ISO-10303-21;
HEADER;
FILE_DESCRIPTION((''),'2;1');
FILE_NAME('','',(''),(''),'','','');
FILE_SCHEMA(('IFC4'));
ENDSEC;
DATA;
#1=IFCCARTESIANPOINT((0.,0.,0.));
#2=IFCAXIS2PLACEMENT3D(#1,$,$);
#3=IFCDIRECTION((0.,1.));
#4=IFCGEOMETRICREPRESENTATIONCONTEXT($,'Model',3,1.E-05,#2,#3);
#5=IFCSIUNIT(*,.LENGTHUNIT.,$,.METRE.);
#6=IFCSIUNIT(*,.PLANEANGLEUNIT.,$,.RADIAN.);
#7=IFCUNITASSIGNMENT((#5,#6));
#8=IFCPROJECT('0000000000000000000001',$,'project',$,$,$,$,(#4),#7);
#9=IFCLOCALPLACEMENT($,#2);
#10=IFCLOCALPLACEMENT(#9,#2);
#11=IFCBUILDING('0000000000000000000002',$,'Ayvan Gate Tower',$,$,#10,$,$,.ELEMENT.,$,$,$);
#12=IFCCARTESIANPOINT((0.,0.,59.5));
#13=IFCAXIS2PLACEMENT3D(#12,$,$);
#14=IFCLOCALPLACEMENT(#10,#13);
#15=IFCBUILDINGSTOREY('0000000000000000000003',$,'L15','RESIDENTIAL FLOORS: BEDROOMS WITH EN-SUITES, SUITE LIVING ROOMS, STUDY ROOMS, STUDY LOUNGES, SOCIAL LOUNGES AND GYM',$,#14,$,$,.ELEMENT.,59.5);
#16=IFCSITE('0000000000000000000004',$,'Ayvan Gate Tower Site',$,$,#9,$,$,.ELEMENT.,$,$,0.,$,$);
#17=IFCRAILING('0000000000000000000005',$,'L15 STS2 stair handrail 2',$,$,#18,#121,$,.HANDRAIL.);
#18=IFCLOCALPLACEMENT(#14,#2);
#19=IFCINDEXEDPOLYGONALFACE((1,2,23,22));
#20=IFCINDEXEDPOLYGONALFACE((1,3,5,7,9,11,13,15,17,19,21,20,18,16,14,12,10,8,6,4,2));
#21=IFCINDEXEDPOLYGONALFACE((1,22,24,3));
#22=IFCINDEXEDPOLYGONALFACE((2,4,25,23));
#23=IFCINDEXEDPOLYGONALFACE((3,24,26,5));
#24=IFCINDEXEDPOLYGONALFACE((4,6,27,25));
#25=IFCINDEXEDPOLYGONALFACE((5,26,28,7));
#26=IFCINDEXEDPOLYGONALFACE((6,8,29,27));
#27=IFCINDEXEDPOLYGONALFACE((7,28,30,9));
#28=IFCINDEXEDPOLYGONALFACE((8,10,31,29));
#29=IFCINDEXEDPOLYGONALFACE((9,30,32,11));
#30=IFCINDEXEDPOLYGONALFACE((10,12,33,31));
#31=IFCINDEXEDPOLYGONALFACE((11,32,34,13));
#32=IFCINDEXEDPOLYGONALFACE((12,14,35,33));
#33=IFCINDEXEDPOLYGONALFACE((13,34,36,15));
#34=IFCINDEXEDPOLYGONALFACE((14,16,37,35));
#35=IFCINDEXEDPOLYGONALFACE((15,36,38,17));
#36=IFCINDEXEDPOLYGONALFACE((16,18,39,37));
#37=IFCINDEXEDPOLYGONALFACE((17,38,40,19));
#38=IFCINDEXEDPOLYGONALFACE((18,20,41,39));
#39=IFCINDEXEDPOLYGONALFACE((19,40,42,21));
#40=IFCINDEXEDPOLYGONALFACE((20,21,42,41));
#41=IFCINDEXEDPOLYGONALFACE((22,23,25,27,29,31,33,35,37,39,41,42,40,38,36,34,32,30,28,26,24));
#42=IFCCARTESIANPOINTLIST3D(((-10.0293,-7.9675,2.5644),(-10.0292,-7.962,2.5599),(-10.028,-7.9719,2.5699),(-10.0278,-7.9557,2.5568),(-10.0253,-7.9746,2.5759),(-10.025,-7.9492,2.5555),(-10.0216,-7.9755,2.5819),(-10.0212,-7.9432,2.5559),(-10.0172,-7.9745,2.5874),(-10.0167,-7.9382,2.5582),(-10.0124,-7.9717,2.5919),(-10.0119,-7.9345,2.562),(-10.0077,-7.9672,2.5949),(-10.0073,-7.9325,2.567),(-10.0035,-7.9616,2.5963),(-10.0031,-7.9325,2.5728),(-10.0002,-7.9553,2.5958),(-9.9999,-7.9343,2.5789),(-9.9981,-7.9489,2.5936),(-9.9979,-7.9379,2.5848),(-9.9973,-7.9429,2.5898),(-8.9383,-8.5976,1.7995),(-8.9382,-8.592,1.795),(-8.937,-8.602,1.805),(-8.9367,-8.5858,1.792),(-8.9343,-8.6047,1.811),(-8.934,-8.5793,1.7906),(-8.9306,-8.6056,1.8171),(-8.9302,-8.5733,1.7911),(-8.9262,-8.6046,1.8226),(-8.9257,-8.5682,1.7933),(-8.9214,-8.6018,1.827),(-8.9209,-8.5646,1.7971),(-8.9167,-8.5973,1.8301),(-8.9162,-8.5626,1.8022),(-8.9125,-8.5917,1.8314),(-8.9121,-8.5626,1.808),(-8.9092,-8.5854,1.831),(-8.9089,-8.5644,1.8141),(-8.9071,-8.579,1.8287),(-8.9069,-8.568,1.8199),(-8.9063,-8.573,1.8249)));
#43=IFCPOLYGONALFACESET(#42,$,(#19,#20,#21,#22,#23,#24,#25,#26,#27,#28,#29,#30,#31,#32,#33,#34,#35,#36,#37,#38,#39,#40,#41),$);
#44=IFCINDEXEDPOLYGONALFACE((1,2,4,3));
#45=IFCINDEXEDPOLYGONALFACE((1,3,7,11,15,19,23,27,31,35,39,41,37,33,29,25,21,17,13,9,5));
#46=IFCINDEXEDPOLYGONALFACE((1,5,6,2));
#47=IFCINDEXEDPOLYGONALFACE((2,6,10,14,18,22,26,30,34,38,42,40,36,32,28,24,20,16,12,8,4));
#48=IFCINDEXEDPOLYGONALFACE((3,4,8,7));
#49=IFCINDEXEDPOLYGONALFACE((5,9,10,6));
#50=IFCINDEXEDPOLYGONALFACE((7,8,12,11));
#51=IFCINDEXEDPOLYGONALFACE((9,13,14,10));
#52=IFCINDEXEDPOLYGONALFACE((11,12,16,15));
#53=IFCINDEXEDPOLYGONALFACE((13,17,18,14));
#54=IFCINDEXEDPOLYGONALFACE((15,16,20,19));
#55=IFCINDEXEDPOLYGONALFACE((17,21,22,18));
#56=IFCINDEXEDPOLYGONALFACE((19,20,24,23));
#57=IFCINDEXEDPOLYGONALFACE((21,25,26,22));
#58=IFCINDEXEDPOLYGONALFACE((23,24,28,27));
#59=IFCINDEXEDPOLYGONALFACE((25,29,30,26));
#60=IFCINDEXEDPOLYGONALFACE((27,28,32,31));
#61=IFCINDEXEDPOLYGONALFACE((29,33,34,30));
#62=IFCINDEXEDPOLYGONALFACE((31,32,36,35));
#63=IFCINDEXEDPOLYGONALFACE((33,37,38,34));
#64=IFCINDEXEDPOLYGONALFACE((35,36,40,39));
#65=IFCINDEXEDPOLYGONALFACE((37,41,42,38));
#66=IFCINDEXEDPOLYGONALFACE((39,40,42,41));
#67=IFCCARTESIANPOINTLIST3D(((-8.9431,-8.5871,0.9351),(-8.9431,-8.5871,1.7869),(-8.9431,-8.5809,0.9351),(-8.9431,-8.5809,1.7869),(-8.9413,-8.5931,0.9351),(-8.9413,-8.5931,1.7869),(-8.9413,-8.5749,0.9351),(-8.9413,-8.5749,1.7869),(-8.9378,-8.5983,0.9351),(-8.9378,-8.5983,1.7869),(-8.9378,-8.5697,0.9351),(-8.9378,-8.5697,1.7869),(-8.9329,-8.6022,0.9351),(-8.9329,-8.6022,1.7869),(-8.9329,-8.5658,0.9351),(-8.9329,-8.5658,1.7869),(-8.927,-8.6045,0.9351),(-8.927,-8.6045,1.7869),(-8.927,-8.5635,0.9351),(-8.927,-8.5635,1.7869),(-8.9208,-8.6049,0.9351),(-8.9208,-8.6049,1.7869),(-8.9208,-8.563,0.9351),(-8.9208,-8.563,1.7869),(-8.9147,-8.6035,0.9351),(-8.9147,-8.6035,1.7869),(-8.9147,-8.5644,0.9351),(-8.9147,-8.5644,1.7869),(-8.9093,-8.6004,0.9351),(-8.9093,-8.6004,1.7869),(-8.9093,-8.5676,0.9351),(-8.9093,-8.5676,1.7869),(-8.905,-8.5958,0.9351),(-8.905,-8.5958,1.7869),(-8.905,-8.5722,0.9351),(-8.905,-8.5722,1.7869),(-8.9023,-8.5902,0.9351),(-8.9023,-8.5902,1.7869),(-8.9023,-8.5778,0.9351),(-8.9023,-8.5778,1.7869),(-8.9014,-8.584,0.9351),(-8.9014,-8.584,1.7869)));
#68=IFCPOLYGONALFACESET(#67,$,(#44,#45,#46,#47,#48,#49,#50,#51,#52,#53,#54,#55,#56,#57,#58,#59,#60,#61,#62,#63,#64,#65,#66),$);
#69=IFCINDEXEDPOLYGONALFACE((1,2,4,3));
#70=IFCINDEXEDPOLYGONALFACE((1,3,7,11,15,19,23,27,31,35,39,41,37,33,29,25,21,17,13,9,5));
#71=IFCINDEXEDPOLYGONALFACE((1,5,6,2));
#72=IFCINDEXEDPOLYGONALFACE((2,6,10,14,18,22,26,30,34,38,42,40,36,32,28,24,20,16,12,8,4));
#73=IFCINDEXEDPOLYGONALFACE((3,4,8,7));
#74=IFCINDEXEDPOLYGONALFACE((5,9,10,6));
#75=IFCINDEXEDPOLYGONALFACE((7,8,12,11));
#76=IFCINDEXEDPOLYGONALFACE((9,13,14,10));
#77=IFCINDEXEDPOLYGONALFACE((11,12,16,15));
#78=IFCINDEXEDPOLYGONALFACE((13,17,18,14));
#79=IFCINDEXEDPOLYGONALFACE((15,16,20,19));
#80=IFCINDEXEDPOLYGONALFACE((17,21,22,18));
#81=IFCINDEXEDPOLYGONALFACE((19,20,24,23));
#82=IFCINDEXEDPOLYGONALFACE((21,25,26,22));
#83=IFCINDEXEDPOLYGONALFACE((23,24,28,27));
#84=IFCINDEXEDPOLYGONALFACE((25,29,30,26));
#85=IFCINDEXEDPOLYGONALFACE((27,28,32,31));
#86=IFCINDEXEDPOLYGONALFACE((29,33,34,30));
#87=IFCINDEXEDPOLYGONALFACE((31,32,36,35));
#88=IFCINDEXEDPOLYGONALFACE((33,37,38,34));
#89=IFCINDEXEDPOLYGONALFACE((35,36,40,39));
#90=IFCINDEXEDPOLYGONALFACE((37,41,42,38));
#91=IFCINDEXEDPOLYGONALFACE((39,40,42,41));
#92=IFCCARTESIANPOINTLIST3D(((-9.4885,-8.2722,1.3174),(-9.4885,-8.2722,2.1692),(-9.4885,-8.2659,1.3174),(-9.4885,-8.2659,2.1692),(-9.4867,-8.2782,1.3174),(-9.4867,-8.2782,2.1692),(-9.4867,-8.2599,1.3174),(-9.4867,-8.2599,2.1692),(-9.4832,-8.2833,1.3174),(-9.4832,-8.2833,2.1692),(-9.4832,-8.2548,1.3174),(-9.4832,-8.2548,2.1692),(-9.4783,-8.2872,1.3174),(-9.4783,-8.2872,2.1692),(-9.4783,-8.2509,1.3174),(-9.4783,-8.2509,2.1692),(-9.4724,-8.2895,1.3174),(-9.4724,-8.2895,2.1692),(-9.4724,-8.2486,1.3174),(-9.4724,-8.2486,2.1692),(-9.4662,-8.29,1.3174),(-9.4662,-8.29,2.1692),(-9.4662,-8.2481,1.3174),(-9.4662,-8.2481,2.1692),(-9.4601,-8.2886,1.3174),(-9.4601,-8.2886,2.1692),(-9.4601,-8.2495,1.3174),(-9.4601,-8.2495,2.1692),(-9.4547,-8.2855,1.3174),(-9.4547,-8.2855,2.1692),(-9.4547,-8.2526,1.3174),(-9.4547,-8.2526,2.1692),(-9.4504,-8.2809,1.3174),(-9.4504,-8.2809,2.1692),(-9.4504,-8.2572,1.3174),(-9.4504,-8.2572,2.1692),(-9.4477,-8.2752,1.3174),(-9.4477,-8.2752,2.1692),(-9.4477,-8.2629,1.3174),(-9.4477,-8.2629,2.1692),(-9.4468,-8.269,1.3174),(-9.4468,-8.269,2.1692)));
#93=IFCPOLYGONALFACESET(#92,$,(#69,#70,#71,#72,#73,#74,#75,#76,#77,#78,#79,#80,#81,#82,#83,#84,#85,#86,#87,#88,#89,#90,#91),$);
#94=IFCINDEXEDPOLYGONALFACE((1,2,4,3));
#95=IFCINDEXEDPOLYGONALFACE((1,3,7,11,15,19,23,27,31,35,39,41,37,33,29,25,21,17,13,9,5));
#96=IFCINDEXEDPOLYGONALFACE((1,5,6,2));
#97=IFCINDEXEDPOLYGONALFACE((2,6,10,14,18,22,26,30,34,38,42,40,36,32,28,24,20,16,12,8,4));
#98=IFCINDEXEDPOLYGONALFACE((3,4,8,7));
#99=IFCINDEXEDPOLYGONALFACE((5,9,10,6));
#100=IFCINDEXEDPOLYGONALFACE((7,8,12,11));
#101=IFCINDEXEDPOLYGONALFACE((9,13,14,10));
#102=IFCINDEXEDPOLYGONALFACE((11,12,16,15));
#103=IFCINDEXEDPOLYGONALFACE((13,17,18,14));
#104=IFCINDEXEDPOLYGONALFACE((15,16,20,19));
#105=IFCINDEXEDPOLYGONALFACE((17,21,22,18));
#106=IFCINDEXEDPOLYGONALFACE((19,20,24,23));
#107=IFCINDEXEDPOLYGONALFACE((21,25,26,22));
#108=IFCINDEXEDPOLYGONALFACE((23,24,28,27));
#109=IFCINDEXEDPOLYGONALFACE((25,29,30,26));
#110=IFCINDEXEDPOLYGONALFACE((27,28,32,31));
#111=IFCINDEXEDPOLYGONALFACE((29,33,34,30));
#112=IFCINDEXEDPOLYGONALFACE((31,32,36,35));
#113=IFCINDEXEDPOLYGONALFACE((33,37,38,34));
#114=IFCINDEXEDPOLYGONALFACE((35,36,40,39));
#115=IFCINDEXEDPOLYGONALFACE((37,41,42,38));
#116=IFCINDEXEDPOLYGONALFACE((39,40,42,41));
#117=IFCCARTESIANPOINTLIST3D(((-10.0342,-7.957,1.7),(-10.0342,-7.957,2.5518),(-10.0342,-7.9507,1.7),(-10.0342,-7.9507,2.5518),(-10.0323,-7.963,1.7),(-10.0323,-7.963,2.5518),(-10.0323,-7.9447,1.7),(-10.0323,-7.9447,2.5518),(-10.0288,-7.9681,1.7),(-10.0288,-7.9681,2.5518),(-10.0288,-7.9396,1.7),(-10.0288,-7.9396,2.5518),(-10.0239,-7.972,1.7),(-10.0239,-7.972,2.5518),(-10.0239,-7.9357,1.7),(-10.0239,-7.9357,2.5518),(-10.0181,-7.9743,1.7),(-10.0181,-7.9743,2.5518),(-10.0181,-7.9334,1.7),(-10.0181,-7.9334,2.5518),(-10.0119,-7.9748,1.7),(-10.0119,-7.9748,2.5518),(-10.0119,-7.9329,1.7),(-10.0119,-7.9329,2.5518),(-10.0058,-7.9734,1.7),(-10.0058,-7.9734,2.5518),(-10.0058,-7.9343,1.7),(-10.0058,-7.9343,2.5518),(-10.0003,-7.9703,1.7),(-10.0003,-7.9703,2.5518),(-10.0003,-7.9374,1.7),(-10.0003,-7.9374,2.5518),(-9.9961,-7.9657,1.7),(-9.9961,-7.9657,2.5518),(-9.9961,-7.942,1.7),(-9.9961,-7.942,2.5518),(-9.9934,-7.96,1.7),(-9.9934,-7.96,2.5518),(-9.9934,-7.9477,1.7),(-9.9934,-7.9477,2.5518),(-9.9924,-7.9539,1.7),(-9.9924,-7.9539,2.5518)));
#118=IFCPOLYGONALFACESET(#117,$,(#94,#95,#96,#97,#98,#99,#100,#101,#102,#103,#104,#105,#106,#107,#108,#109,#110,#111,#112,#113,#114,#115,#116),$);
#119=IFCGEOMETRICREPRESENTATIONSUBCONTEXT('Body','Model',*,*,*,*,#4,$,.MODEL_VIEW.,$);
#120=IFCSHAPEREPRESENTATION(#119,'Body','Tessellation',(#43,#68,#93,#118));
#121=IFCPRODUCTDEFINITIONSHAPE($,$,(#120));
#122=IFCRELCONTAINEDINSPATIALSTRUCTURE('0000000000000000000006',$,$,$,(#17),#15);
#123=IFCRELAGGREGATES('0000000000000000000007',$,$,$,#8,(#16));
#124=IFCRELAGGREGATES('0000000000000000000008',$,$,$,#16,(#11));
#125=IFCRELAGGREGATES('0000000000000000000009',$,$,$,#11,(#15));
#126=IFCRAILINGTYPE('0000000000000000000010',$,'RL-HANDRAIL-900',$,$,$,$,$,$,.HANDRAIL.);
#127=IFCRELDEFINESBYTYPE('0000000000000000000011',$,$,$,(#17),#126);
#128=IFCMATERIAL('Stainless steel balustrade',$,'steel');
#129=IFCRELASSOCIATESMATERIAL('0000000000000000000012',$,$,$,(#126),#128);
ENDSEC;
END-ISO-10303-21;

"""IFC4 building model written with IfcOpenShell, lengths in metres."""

from ifc_helpers import new_model, si_unit, direction, frame, origin, origin_2d, place, context, subcontext, project, spatial, circle, extrude, material, type_object, element, save


model = new_model("IFC4")

# Units and contexts
model_context = context("Model", 3, precision=1e-05, world=origin(), true_north=direction((0.0, 1.0)))
body_context = subcontext(model_context, "Body", "Model", "MODEL_VIEW")
ifc_project = project(units=[si_unit("LENGTHUNIT", "METRE"), si_unit("PLANEANGLEUNIT", "RADIAN")], contexts=[model_context])

# Site, building, storey
site_placement = place(None, origin())
site = spatial("IfcSite", under=ifc_project, at=site_placement, Name="Ayvan Gate Tower Site", CompositionType="ELEMENT", RefElevation=0.0)
building_placement = place(site_placement, origin())
building = spatial("IfcBuilding", under=site, at=building_placement, Name="Ayvan Gate Tower", CompositionType="ELEMENT")
storey_placement = place(building_placement, frame((0.0, 0.0, 59.5)))
storey = spatial("IfcBuildingStorey", under=building, at=storey_placement, Name="L15", Description="RESIDENTIAL FLOORS: BEDROOMS WITH EN-SUITES, SUITE LIVING ROOMS, STUDY ROOMS, STUDY LOUNGES, SOCIAL LOUNGES AND GYM", CompositionType="ELEMENT", Elevation=59.5)

# Railing
ifc_material_1 = material(Name="Stainless steel balustrade", Category="steel")
railing_type = type_object("IfcRailingType", Name="RL-HANDRAIL-900", PredefinedType="HANDRAIL", material=ifc_material_1)
railing_placement = place(storey_placement, frame((-8.9224, -8.584, 0.9351)))
element("IfcRailing", 1, at=railing_placement, inside=storey, type_object=railing_type, Name="L15 STS2 stair handrail 2", PredefinedType="HANDRAIL", context=body_context, shape_type="SweptSolid", body=[
    extrude(circle(Radius=0.0239, at=origin_2d()), frame((0.0, 0.0, 0.876), z_axis=(-0.740229, 0.427508, 0.518939), x_axis=(-0.500119, -0.865956, 0.0)), (0.0, 0.0, 1.0), 1.4739),
    extrude(circle(Radius=0.021, at=origin_2d()), origin(), (0.0, 0.0, 1.0), 0.8518),
    extrude(circle(Radius=0.021, at=origin_2d()), frame((-0.5454, 0.3149, 0.3823)), (0.0, 0.0, 1.0), 0.8518),
    extrude(circle(Radius=0.021, at=origin_2d()), frame((-1.0911, 0.6301, 0.7649)), (0.0, 0.0, 1.0), 0.8518),
])

save(model, "model.ifc")
